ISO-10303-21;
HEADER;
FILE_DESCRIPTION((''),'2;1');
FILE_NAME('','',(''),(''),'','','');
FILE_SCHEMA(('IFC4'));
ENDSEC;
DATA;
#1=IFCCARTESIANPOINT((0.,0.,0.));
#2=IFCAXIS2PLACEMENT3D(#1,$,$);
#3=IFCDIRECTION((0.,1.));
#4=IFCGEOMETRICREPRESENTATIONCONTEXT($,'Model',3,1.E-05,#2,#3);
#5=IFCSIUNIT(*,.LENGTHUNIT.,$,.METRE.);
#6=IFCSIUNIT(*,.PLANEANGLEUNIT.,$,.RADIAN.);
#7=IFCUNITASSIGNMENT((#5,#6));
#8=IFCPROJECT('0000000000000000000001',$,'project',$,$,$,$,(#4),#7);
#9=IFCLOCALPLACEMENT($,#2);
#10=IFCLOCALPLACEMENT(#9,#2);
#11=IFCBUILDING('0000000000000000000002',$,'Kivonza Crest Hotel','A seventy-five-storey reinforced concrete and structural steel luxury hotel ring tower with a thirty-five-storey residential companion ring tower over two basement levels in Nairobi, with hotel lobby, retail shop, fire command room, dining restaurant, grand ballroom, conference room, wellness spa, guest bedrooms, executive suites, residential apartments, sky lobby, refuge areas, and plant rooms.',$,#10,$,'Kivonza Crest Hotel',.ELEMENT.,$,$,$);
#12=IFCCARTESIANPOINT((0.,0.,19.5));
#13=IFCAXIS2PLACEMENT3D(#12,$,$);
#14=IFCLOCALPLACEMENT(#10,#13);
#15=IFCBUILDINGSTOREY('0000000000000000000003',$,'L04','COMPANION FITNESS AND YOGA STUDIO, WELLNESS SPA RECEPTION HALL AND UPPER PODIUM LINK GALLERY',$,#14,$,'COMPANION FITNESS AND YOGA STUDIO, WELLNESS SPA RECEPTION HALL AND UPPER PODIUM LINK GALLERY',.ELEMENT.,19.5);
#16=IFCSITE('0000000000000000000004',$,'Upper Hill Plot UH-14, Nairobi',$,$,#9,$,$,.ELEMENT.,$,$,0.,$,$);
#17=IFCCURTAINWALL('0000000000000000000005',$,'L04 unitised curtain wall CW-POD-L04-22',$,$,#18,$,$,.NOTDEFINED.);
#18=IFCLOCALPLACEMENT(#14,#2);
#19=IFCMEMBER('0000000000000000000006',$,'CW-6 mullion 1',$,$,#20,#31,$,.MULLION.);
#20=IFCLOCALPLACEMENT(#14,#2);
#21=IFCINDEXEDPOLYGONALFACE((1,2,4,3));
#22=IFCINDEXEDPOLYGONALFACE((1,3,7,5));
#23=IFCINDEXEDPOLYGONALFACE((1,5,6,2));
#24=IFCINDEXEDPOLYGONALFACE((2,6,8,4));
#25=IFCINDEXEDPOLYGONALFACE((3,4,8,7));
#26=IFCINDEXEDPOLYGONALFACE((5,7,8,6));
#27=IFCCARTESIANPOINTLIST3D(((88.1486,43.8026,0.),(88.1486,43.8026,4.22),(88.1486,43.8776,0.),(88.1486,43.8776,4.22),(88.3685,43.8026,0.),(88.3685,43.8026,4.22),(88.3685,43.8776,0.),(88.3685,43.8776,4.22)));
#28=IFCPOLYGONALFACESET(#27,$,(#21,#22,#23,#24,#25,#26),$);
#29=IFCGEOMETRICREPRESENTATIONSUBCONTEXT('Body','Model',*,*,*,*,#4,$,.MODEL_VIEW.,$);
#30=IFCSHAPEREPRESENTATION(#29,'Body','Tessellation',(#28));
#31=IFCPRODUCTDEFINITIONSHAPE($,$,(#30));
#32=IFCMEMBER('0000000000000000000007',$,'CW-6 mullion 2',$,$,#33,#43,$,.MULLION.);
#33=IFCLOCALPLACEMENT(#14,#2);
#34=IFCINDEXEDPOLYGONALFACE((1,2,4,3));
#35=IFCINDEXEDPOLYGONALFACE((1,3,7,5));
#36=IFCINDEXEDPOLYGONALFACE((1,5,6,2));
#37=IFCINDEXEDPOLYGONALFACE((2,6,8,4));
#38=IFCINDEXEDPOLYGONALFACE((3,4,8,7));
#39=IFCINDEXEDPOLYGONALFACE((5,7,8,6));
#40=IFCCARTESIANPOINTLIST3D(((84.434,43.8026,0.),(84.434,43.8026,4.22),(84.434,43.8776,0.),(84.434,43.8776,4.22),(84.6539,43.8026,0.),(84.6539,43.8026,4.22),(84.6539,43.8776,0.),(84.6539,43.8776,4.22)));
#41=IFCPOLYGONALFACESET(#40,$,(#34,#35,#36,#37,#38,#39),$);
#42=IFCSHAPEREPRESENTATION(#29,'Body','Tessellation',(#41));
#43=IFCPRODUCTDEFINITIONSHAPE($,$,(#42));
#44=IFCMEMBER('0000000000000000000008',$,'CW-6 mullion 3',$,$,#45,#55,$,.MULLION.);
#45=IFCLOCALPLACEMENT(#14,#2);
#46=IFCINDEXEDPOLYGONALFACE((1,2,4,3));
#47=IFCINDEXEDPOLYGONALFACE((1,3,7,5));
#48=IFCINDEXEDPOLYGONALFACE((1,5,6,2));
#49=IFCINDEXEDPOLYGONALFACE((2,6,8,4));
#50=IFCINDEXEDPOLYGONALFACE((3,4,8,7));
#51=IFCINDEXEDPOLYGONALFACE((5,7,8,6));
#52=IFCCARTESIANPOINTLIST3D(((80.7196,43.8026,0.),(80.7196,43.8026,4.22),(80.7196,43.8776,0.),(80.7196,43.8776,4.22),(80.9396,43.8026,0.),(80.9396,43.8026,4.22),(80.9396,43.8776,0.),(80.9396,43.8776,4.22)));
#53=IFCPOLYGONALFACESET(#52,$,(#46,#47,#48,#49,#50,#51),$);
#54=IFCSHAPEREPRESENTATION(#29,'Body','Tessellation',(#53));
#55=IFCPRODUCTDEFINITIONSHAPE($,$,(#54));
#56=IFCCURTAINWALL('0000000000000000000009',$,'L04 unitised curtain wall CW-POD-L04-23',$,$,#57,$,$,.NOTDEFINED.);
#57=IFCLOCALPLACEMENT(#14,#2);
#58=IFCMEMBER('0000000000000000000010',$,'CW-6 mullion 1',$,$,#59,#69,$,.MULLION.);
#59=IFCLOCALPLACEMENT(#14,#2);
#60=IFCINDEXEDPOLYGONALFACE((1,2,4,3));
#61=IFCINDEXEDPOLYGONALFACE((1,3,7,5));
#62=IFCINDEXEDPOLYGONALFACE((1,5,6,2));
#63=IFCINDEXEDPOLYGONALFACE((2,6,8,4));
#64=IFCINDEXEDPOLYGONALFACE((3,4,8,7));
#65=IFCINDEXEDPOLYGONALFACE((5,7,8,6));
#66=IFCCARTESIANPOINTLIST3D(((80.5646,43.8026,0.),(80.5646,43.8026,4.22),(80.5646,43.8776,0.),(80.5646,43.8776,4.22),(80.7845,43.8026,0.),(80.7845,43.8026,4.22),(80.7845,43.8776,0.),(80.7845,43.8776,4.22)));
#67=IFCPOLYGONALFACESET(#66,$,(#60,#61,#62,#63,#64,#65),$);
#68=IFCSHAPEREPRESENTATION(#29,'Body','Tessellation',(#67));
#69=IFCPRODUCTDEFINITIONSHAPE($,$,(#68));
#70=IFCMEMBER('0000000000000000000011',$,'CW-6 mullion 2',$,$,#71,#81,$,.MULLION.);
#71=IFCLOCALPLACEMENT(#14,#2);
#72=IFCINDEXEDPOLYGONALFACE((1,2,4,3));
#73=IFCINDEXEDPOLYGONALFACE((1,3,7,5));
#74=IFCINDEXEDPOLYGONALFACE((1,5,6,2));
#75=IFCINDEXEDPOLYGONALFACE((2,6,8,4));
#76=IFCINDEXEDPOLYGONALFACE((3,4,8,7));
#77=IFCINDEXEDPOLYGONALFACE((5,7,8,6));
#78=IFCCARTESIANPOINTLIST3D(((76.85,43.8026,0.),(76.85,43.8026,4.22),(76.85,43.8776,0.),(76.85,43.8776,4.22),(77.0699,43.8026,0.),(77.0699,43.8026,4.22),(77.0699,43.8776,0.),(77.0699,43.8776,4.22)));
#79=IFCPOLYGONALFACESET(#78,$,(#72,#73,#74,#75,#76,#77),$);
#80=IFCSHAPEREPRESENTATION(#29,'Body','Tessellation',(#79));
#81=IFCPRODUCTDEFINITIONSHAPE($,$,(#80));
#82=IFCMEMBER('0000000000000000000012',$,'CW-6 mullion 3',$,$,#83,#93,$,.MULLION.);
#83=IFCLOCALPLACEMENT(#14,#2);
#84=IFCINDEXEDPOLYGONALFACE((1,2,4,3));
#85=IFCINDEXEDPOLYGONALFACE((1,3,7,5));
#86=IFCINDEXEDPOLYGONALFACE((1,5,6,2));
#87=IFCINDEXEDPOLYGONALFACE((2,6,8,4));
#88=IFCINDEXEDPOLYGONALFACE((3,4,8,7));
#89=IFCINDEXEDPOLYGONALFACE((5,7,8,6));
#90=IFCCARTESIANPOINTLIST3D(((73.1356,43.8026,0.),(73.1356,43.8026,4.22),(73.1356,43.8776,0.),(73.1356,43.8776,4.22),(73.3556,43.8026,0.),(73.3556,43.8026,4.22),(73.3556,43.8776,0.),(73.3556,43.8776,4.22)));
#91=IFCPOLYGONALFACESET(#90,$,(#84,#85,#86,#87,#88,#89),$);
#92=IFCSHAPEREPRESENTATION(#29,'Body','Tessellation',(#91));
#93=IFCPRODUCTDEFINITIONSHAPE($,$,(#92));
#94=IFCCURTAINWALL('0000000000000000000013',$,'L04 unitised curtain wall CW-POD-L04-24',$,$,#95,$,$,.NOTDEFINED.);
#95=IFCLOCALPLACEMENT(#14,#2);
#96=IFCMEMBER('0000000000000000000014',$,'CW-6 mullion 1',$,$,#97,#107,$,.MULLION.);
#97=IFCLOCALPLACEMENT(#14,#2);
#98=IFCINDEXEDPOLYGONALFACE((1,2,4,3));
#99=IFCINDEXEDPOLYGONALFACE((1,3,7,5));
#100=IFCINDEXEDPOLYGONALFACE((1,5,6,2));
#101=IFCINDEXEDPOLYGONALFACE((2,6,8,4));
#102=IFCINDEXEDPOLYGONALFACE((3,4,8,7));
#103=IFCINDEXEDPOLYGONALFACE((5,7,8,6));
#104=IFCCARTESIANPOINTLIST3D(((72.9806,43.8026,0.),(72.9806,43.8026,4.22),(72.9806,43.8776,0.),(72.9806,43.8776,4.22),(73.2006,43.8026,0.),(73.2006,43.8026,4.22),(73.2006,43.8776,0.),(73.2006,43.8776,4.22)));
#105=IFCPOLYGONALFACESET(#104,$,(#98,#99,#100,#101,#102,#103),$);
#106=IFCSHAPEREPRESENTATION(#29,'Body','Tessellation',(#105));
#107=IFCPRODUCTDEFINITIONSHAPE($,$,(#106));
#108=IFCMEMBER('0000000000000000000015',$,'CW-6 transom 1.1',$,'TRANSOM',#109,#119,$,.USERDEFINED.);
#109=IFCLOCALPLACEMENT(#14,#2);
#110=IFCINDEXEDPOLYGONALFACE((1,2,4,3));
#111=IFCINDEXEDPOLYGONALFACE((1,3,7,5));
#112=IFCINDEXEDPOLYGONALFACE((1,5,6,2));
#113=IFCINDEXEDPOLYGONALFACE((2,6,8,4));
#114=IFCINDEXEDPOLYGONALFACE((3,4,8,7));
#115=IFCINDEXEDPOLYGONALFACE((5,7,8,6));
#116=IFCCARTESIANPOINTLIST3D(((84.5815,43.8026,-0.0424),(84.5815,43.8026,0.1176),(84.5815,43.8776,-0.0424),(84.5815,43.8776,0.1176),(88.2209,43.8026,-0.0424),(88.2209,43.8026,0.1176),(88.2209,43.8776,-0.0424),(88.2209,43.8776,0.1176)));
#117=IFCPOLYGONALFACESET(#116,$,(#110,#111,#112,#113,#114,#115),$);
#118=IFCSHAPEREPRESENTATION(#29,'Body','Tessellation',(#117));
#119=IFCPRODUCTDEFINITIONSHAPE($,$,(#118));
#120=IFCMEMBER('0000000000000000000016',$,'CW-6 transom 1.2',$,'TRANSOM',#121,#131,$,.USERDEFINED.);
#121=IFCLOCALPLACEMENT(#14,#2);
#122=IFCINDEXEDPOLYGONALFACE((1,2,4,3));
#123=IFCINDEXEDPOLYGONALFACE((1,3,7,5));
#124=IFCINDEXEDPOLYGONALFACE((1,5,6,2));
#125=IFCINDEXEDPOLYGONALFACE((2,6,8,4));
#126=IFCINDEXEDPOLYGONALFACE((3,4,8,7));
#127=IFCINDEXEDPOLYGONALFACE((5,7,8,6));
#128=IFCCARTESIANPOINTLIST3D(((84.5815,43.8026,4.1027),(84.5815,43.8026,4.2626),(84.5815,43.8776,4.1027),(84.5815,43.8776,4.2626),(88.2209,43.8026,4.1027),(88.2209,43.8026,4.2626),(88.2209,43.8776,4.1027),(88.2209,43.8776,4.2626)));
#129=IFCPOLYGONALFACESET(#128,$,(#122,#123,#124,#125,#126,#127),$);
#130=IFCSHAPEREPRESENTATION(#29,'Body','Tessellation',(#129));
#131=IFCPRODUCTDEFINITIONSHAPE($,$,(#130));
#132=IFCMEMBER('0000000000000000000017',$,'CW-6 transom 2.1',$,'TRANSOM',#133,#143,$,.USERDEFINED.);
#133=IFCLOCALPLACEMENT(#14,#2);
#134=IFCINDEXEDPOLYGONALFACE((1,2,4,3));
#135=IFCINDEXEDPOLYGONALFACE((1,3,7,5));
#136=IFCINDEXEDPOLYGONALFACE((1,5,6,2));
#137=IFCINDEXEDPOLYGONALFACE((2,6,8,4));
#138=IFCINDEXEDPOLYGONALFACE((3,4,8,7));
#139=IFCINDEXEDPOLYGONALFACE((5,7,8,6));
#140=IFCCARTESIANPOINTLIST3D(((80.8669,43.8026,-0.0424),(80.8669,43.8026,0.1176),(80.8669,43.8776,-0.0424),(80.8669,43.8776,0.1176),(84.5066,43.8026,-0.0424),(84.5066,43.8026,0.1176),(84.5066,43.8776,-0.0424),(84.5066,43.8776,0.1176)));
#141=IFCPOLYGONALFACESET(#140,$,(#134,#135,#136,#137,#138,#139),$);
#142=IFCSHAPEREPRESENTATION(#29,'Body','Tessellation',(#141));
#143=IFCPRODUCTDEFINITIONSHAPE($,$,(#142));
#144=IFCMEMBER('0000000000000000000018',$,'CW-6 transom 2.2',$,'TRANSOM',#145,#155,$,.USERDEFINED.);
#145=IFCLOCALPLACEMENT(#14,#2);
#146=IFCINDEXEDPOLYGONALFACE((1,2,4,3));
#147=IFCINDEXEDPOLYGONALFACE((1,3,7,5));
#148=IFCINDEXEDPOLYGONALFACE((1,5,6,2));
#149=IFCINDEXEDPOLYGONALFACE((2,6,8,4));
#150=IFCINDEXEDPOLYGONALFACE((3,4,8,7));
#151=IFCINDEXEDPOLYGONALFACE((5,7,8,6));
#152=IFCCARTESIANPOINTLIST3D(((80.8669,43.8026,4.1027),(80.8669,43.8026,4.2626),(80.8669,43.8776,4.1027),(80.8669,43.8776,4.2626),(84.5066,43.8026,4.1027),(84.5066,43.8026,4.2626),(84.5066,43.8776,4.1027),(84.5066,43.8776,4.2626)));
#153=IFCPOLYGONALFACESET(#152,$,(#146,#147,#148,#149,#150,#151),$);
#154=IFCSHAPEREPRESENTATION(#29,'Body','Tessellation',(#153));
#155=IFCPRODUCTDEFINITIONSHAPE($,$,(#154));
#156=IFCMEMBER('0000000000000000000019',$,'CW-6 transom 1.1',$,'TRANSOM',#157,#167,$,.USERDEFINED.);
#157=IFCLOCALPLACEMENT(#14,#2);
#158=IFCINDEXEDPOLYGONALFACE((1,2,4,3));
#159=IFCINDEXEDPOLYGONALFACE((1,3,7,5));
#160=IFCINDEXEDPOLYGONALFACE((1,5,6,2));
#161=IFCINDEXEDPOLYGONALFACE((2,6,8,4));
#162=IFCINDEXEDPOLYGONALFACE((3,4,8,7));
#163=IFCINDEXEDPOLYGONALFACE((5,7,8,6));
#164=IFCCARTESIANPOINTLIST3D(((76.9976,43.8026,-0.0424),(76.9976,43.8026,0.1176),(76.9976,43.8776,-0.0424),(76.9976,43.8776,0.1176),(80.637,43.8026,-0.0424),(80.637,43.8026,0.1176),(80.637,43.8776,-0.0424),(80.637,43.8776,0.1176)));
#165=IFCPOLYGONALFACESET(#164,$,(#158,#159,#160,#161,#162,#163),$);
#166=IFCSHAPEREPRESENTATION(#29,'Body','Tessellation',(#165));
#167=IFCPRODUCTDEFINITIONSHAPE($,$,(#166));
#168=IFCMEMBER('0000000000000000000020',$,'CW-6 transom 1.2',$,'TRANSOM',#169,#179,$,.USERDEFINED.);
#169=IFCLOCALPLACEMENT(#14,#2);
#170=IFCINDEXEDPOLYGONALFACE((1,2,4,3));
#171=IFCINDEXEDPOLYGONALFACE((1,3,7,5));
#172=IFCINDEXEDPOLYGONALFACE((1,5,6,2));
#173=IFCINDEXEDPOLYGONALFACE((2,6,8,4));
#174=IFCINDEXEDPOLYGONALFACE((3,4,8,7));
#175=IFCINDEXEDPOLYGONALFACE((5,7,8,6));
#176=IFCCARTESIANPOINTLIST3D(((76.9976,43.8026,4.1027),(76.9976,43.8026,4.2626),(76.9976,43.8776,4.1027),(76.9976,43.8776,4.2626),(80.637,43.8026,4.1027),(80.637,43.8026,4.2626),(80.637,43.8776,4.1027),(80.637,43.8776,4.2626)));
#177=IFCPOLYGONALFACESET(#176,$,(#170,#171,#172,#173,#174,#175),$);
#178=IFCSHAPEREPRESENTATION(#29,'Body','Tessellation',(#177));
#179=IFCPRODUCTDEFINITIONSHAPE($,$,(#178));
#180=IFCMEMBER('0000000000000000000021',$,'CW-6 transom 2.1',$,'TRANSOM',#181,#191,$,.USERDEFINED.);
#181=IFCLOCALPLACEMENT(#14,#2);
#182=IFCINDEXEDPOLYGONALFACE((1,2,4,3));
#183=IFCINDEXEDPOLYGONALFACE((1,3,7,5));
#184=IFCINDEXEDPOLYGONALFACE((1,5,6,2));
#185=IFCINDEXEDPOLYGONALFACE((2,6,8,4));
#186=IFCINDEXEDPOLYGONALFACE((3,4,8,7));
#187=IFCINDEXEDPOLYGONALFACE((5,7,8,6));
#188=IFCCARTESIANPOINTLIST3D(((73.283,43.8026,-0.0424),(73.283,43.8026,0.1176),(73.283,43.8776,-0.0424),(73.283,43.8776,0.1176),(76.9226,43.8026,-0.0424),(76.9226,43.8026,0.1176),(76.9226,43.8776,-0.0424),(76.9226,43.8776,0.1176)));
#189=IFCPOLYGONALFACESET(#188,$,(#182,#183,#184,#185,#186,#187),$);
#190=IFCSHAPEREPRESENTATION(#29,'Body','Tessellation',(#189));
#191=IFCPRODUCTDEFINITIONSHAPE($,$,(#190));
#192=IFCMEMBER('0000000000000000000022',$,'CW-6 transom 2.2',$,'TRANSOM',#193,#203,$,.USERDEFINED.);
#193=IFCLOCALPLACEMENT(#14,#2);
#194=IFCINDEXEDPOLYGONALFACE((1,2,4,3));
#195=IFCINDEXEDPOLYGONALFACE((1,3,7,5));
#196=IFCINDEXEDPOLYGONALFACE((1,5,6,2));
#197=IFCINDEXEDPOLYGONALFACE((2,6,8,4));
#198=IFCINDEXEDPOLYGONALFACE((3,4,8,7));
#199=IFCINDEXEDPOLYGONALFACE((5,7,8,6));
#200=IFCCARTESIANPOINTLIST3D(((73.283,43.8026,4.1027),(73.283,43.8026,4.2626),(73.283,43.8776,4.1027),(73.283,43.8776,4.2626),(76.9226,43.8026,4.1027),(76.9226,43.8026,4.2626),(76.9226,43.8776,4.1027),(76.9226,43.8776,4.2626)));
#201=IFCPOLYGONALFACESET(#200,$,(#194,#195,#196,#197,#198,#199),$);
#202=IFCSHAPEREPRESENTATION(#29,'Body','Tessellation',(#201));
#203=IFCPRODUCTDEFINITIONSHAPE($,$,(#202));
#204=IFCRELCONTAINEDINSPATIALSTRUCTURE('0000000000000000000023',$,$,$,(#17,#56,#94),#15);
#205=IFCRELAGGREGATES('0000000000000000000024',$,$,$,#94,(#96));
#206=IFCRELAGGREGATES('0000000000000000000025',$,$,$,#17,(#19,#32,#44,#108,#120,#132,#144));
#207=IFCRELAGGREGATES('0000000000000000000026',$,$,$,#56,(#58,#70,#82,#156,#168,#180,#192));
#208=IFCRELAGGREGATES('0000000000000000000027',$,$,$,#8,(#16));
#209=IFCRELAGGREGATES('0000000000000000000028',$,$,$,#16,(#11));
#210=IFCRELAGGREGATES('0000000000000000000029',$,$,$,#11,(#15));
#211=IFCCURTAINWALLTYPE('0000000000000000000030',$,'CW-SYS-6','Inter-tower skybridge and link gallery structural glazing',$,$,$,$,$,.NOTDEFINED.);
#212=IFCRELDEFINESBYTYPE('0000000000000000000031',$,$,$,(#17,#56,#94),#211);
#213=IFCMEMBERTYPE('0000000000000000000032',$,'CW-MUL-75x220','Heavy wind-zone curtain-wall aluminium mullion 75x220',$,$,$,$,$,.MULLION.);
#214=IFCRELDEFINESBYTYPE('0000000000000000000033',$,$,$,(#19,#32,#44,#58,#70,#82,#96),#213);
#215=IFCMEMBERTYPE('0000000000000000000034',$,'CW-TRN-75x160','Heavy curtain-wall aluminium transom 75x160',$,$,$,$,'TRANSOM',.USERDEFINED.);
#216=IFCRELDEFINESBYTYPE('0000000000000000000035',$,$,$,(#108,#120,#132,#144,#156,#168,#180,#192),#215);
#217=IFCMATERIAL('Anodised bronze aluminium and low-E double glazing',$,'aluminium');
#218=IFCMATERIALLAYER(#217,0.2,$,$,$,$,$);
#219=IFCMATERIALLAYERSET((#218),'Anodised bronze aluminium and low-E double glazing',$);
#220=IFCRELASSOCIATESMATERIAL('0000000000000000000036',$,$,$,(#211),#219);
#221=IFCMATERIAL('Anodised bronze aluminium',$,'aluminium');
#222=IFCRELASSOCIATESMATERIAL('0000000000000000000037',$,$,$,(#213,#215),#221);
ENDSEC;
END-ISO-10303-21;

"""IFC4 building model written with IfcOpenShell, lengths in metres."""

from ifc_helpers import new_model, si_unit, direction, frame, origin, origin_2d, place, context, subcontext, project, spatial, rectangle, extrude, material, layer, layer_set, material_profile, profile_set, type_object, element, aggregate, save


model = new_model("IFC4")

# Units and contexts
model_context = context("Model", 3, precision=1e-05, world=origin(), true_north=direction((0.0, 1.0)))
body_context = subcontext(model_context, "Body", "Model", "MODEL_VIEW")
ifc_project = project(units=[si_unit("LENGTHUNIT", "METRE"), si_unit("PLANEANGLEUNIT", "RADIAN")], contexts=[model_context])

# Site, building, storey
site_placement = place(None, origin())
site = spatial("IfcSite", under=ifc_project, at=site_placement, Name="Upper Hill Plot UH-14, Nairobi", CompositionType="ELEMENT", RefElevation=0.0)
building_placement = place(site_placement, origin())
building = spatial("IfcBuilding", under=site, at=building_placement, Name="Kivonza Crest Hotel", Description="A seventy-five-storey reinforced concrete and structural steel luxury hotel ring tower with a thirty-five-storey residential companion ring tower over two basement levels in Nairobi, with hotel lobby, retail shop, fire command room, dining restaurant, grand ballroom, conference room, wellness spa, guest bedrooms, executive suites, residential apartments, sky lobby, refuge areas, and plant rooms.", LongName="Kivonza Crest Hotel", CompositionType="ELEMENT")
storey_placement = place(building_placement, frame((0.0, 0.0, 19.5)))
storey = spatial("IfcBuildingStorey", under=building, at=storey_placement, Name="L04", Description="COMPANION FITNESS AND YOGA STUDIO, WELLNESS SPA RECEPTION HALL AND UPPER PODIUM LINK GALLERY", LongName="COMPANION FITNESS AND YOGA STUDIO, WELLNESS SPA RECEPTION HALL AND UPPER PODIUM LINK GALLERY", CompositionType="ELEMENT", Elevation=19.5)

# Curtain walls, members
ifc_material_1 = material(Name="Anodised bronze aluminium and low-E double glazing", Category="aluminium")
ifc_layer_1 = layer(ifc_material_1, 0.2)
ifc_layer_set_1 = layer_set([ifc_layer_1], Name="Anodised bronze aluminium and low-E double glazing")
curtain_wall_type = type_object("IfcCurtainWallType", Name="CW-SYS-6", Description="Inter-tower skybridge and link gallery structural glazing", PredefinedType="NOTDEFINED", material=ifc_layer_set_1)
curtain_wall_1_placement = place(storey_placement, origin())
curtain_wall_1 = element("IfcCurtainWall", 1, at=curtain_wall_1_placement, inside=storey, type_object=curtain_wall_type, Name="L04 unitised curtain wall CW-POD-L04-22", PredefinedType="NOTDEFINED")
ifc_material_2 = material(Name="Anodised bronze aluminium", Category="aluminium")
ifc_material_profile_1 = material_profile(ifc_material_2, rectangle(XDim=0.075, YDim=0.22, at=origin_2d()), Name="CW-M 75x220")
ifc_profile_set_1 = profile_set([ifc_material_profile_1], Name="Anodised bronze aluminium")
member_type_1 = type_object("IfcMemberType", Name="CW-MUL-75x220", Description="Heavy wind-zone curtain-wall aluminium mullion 75x220", PredefinedType="MULLION", material=ifc_profile_set_1)
member_1_placement = place(storey_placement, frame((88.2585, 43.8401, 0.0), z_axis=(0.0, 0.0, 1.0), x_axis=(0.0, -1.0, 0.0)))
member_1 = element("IfcMember", 2, at=member_1_placement, type_object=member_type_1, Name="CW-6 mullion 1", PredefinedType="MULLION", context=body_context, shape_type="SweptSolid", body=[
    extrude(rectangle(XDim=0.075, YDim=0.22, at=origin_2d()), origin(), (0.0, 0.0, 1.0), 4.22),
])
member_2_placement = place(storey_placement, frame((84.5439, 43.8401, 0.0), z_axis=(0.0, 0.0, 1.0), x_axis=(0.0, -1.0, 0.0)))
member_2 = element("IfcMember", 3, at=member_2_placement, type_object=member_type_1, Name="CW-6 mullion 2", PredefinedType="MULLION", context=body_context, shape_type="SweptSolid", body=[
    extrude(rectangle(XDim=0.075, YDim=0.22, at=origin_2d()), origin(), (0.0, 0.0, 1.0), 4.22),
])
member_3_placement = place(storey_placement, frame((80.8296, 43.8401, 0.0), z_axis=(0.0, 0.0, 1.0), x_axis=(0.0, -1.0, 0.0)))
member_3 = element("IfcMember", 4, at=member_3_placement, type_object=member_type_1, Name="CW-6 mullion 3", PredefinedType="MULLION", context=body_context, shape_type="SweptSolid", body=[
    extrude(rectangle(XDim=0.075, YDim=0.22, at=origin_2d()), origin(), (0.0, 0.0, 1.0), 4.22),
])
curtain_wall_2_placement = place(storey_placement, origin())
curtain_wall_2 = element("IfcCurtainWall", 5, at=curtain_wall_2_placement, inside=storey, type_object=curtain_wall_type, Name="L04 unitised curtain wall CW-POD-L04-23", PredefinedType="NOTDEFINED")
member_4_placement = place(storey_placement, frame((80.6746, 43.8401, 0.0), z_axis=(0.0, 0.0, 1.0), x_axis=(0.0, -1.0, 0.0)))
member_4 = element("IfcMember", 6, at=member_4_placement, type_object=member_type_1, Name="CW-6 mullion 1", PredefinedType="MULLION", context=body_context, shape_type="SweptSolid", body=[
    extrude(rectangle(XDim=0.075, YDim=0.22, at=origin_2d()), origin(), (0.0, 0.0, 1.0), 4.22),
])
member_5_placement = place(storey_placement, frame((76.96, 43.8401, 0.0), z_axis=(0.0, 0.0, 1.0), x_axis=(0.0, -1.0, 0.0)))
member_5 = element("IfcMember", 7, at=member_5_placement, type_object=member_type_1, Name="CW-6 mullion 2", PredefinedType="MULLION", context=body_context, shape_type="SweptSolid", body=[
    extrude(rectangle(XDim=0.075, YDim=0.22, at=origin_2d()), origin(), (0.0, 0.0, 1.0), 4.22),
])
member_6_placement = place(storey_placement, frame((73.2456, 43.8401, 0.0), z_axis=(0.0, 0.0, 1.0), x_axis=(0.0, -1.0, 0.0)))
member_6 = element("IfcMember", 8, at=member_6_placement, type_object=member_type_1, Name="CW-6 mullion 3", PredefinedType="MULLION", context=body_context, shape_type="SweptSolid", body=[
    extrude(rectangle(XDim=0.075, YDim=0.22, at=origin_2d()), origin(), (0.0, 0.0, 1.0), 4.22),
])

# Curtain wall, member
curtain_wall_3_placement = place(storey_placement, origin())
curtain_wall_3 = element("IfcCurtainWall", 9, at=curtain_wall_3_placement, inside=storey, type_object=curtain_wall_type, Name="L04 unitised curtain wall CW-POD-L04-24", PredefinedType="NOTDEFINED")
member_7_placement = place(storey_placement, frame((73.0906, 43.8401, 0.0), z_axis=(0.0, 0.0, 1.0), x_axis=(0.0, -1.0, 0.0)))
member_7 = element("IfcMember", 10, at=member_7_placement, type_object=member_type_1, Name="CW-6 mullion 1", PredefinedType="MULLION", context=body_context, shape_type="SweptSolid", body=[
    extrude(rectangle(XDim=0.075, YDim=0.22, at=origin_2d()), origin(), (0.0, 0.0, 1.0), 4.22),
])
aggregate(curtain_wall_3, [member_7])

# Members
ifc_material_profile_2 = material_profile(ifc_material_2, rectangle(XDim=0.075, YDim=0.1599, at=origin_2d()), Name="CW-T 75x160")
ifc_profile_set_2 = profile_set([ifc_material_profile_2], Name="Anodised bronze aluminium")
member_type_2 = type_object("IfcMemberType", Name="CW-TRN-75x160", Description="Heavy curtain-wall aluminium transom 75x160", ElementType="TRANSOM", PredefinedType="USERDEFINED", material=ifc_profile_set_2)
member_8_placement = place(storey_placement, frame((88.2209, 43.8401, 0.0376), z_axis=(-1.0, 0.0, 0.0), x_axis=(0.0, -1.0, 0.0)))
member_8 = element("IfcMember", 11, at=member_8_placement, type_object=member_type_2, Name="CW-6 transom 1.1", ObjectType="TRANSOM", PredefinedType="USERDEFINED", context=body_context, shape_type="SweptSolid", body=[
    extrude(rectangle(XDim=0.075, YDim=0.1599, at=origin_2d()), origin(), (0.0, 0.0, 1.0), 3.6394),
])
member_9_placement = place(storey_placement, frame((88.2209, 43.8401, 4.1826), z_axis=(-1.0, 0.0, 0.0), x_axis=(0.0, -1.0, 0.0)))
member_9 = element("IfcMember", 12, at=member_9_placement, type_object=member_type_2, Name="CW-6 transom 1.2", ObjectType="TRANSOM", PredefinedType="USERDEFINED", context=body_context, shape_type="SweptSolid", body=[
    extrude(rectangle(XDim=0.075, YDim=0.1599, at=origin_2d()), origin(), (0.0, 0.0, 1.0), 3.6394),
])
member_10_placement = place(storey_placement, frame((84.5066, 43.8401, 0.0376), z_axis=(-1.0, 0.0, 0.0), x_axis=(0.0, -1.0, 0.0)))
member_10 = element("IfcMember", 13, at=member_10_placement, type_object=member_type_2, Name="CW-6 transom 2.1", ObjectType="TRANSOM", PredefinedType="USERDEFINED", context=body_context, shape_type="SweptSolid", body=[
    extrude(rectangle(XDim=0.075, YDim=0.1599, at=origin_2d()), origin(), (0.0, 0.0, 1.0), 3.6396),
])
member_11_placement = place(storey_placement, frame((84.5066, 43.8401, 4.1826), z_axis=(-1.0, 0.0, 0.0), x_axis=(0.0, -1.0, 0.0)))
member_11 = element("IfcMember", 14, at=member_11_placement, type_object=member_type_2, Name="CW-6 transom 2.2", ObjectType="TRANSOM", PredefinedType="USERDEFINED", context=body_context, shape_type="SweptSolid", body=[
    extrude(rectangle(XDim=0.075, YDim=0.1599, at=origin_2d()), origin(), (0.0, 0.0, 1.0), 3.6396),
])
member_12_placement = place(storey_placement, frame((80.637, 43.8401, 0.0376), z_axis=(-1.0, 0.0, 0.0), x_axis=(0.0, -1.0, 0.0)))
member_12 = element("IfcMember", 15, at=member_12_placement, type_object=member_type_2, Name="CW-6 transom 1.1", ObjectType="TRANSOM", PredefinedType="USERDEFINED", context=body_context, shape_type="SweptSolid", body=[
    extrude(rectangle(XDim=0.075, YDim=0.1599, at=origin_2d()), origin(), (0.0, 0.0, 1.0), 3.6394),
])
member_13_placement = place(storey_placement, frame((80.637, 43.8401, 4.1826), z_axis=(-1.0, 0.0, 0.0), x_axis=(0.0, -1.0, 0.0)))
member_13 = element("IfcMember", 16, at=member_13_placement, type_object=member_type_2, Name="CW-6 transom 1.2", ObjectType="TRANSOM", PredefinedType="USERDEFINED", context=body_context, shape_type="SweptSolid", body=[
    extrude(rectangle(XDim=0.075, YDim=0.1599, at=origin_2d()), origin(), (0.0, 0.0, 1.0), 3.6394),
])
member_14_placement = place(storey_placement, frame((76.9226, 43.8401, 0.0376), z_axis=(-1.0, 0.0, 0.0), x_axis=(0.0, -1.0, 0.0)))
member_14 = element("IfcMember", 17, at=member_14_placement, type_object=member_type_2, Name="CW-6 transom 2.1", ObjectType="TRANSOM", PredefinedType="USERDEFINED", context=body_context, shape_type="SweptSolid", body=[
    extrude(rectangle(XDim=0.075, YDim=0.1599, at=origin_2d()), origin(), (0.0, 0.0, 1.0), 3.6396),
])
member_15_placement = place(storey_placement, frame((76.9226, 43.8401, 4.1826), z_axis=(-1.0, 0.0, 0.0), x_axis=(0.0, -1.0, 0.0)))
member_15 = element("IfcMember", 18, at=member_15_placement, type_object=member_type_2, Name="CW-6 transom 2.2", ObjectType="TRANSOM", PredefinedType="USERDEFINED", context=body_context, shape_type="SweptSolid", body=[
    extrude(rectangle(XDim=0.075, YDim=0.1599, at=origin_2d()), origin(), (0.0, 0.0, 1.0), 3.6396),
])

aggregate(curtain_wall_1, [member_1, member_2, member_3, member_8, member_9, member_10, member_11])
aggregate(curtain_wall_2, [member_4, member_5, member_6, member_12, member_13, member_14, member_15])

save(model, "model.ifc")
